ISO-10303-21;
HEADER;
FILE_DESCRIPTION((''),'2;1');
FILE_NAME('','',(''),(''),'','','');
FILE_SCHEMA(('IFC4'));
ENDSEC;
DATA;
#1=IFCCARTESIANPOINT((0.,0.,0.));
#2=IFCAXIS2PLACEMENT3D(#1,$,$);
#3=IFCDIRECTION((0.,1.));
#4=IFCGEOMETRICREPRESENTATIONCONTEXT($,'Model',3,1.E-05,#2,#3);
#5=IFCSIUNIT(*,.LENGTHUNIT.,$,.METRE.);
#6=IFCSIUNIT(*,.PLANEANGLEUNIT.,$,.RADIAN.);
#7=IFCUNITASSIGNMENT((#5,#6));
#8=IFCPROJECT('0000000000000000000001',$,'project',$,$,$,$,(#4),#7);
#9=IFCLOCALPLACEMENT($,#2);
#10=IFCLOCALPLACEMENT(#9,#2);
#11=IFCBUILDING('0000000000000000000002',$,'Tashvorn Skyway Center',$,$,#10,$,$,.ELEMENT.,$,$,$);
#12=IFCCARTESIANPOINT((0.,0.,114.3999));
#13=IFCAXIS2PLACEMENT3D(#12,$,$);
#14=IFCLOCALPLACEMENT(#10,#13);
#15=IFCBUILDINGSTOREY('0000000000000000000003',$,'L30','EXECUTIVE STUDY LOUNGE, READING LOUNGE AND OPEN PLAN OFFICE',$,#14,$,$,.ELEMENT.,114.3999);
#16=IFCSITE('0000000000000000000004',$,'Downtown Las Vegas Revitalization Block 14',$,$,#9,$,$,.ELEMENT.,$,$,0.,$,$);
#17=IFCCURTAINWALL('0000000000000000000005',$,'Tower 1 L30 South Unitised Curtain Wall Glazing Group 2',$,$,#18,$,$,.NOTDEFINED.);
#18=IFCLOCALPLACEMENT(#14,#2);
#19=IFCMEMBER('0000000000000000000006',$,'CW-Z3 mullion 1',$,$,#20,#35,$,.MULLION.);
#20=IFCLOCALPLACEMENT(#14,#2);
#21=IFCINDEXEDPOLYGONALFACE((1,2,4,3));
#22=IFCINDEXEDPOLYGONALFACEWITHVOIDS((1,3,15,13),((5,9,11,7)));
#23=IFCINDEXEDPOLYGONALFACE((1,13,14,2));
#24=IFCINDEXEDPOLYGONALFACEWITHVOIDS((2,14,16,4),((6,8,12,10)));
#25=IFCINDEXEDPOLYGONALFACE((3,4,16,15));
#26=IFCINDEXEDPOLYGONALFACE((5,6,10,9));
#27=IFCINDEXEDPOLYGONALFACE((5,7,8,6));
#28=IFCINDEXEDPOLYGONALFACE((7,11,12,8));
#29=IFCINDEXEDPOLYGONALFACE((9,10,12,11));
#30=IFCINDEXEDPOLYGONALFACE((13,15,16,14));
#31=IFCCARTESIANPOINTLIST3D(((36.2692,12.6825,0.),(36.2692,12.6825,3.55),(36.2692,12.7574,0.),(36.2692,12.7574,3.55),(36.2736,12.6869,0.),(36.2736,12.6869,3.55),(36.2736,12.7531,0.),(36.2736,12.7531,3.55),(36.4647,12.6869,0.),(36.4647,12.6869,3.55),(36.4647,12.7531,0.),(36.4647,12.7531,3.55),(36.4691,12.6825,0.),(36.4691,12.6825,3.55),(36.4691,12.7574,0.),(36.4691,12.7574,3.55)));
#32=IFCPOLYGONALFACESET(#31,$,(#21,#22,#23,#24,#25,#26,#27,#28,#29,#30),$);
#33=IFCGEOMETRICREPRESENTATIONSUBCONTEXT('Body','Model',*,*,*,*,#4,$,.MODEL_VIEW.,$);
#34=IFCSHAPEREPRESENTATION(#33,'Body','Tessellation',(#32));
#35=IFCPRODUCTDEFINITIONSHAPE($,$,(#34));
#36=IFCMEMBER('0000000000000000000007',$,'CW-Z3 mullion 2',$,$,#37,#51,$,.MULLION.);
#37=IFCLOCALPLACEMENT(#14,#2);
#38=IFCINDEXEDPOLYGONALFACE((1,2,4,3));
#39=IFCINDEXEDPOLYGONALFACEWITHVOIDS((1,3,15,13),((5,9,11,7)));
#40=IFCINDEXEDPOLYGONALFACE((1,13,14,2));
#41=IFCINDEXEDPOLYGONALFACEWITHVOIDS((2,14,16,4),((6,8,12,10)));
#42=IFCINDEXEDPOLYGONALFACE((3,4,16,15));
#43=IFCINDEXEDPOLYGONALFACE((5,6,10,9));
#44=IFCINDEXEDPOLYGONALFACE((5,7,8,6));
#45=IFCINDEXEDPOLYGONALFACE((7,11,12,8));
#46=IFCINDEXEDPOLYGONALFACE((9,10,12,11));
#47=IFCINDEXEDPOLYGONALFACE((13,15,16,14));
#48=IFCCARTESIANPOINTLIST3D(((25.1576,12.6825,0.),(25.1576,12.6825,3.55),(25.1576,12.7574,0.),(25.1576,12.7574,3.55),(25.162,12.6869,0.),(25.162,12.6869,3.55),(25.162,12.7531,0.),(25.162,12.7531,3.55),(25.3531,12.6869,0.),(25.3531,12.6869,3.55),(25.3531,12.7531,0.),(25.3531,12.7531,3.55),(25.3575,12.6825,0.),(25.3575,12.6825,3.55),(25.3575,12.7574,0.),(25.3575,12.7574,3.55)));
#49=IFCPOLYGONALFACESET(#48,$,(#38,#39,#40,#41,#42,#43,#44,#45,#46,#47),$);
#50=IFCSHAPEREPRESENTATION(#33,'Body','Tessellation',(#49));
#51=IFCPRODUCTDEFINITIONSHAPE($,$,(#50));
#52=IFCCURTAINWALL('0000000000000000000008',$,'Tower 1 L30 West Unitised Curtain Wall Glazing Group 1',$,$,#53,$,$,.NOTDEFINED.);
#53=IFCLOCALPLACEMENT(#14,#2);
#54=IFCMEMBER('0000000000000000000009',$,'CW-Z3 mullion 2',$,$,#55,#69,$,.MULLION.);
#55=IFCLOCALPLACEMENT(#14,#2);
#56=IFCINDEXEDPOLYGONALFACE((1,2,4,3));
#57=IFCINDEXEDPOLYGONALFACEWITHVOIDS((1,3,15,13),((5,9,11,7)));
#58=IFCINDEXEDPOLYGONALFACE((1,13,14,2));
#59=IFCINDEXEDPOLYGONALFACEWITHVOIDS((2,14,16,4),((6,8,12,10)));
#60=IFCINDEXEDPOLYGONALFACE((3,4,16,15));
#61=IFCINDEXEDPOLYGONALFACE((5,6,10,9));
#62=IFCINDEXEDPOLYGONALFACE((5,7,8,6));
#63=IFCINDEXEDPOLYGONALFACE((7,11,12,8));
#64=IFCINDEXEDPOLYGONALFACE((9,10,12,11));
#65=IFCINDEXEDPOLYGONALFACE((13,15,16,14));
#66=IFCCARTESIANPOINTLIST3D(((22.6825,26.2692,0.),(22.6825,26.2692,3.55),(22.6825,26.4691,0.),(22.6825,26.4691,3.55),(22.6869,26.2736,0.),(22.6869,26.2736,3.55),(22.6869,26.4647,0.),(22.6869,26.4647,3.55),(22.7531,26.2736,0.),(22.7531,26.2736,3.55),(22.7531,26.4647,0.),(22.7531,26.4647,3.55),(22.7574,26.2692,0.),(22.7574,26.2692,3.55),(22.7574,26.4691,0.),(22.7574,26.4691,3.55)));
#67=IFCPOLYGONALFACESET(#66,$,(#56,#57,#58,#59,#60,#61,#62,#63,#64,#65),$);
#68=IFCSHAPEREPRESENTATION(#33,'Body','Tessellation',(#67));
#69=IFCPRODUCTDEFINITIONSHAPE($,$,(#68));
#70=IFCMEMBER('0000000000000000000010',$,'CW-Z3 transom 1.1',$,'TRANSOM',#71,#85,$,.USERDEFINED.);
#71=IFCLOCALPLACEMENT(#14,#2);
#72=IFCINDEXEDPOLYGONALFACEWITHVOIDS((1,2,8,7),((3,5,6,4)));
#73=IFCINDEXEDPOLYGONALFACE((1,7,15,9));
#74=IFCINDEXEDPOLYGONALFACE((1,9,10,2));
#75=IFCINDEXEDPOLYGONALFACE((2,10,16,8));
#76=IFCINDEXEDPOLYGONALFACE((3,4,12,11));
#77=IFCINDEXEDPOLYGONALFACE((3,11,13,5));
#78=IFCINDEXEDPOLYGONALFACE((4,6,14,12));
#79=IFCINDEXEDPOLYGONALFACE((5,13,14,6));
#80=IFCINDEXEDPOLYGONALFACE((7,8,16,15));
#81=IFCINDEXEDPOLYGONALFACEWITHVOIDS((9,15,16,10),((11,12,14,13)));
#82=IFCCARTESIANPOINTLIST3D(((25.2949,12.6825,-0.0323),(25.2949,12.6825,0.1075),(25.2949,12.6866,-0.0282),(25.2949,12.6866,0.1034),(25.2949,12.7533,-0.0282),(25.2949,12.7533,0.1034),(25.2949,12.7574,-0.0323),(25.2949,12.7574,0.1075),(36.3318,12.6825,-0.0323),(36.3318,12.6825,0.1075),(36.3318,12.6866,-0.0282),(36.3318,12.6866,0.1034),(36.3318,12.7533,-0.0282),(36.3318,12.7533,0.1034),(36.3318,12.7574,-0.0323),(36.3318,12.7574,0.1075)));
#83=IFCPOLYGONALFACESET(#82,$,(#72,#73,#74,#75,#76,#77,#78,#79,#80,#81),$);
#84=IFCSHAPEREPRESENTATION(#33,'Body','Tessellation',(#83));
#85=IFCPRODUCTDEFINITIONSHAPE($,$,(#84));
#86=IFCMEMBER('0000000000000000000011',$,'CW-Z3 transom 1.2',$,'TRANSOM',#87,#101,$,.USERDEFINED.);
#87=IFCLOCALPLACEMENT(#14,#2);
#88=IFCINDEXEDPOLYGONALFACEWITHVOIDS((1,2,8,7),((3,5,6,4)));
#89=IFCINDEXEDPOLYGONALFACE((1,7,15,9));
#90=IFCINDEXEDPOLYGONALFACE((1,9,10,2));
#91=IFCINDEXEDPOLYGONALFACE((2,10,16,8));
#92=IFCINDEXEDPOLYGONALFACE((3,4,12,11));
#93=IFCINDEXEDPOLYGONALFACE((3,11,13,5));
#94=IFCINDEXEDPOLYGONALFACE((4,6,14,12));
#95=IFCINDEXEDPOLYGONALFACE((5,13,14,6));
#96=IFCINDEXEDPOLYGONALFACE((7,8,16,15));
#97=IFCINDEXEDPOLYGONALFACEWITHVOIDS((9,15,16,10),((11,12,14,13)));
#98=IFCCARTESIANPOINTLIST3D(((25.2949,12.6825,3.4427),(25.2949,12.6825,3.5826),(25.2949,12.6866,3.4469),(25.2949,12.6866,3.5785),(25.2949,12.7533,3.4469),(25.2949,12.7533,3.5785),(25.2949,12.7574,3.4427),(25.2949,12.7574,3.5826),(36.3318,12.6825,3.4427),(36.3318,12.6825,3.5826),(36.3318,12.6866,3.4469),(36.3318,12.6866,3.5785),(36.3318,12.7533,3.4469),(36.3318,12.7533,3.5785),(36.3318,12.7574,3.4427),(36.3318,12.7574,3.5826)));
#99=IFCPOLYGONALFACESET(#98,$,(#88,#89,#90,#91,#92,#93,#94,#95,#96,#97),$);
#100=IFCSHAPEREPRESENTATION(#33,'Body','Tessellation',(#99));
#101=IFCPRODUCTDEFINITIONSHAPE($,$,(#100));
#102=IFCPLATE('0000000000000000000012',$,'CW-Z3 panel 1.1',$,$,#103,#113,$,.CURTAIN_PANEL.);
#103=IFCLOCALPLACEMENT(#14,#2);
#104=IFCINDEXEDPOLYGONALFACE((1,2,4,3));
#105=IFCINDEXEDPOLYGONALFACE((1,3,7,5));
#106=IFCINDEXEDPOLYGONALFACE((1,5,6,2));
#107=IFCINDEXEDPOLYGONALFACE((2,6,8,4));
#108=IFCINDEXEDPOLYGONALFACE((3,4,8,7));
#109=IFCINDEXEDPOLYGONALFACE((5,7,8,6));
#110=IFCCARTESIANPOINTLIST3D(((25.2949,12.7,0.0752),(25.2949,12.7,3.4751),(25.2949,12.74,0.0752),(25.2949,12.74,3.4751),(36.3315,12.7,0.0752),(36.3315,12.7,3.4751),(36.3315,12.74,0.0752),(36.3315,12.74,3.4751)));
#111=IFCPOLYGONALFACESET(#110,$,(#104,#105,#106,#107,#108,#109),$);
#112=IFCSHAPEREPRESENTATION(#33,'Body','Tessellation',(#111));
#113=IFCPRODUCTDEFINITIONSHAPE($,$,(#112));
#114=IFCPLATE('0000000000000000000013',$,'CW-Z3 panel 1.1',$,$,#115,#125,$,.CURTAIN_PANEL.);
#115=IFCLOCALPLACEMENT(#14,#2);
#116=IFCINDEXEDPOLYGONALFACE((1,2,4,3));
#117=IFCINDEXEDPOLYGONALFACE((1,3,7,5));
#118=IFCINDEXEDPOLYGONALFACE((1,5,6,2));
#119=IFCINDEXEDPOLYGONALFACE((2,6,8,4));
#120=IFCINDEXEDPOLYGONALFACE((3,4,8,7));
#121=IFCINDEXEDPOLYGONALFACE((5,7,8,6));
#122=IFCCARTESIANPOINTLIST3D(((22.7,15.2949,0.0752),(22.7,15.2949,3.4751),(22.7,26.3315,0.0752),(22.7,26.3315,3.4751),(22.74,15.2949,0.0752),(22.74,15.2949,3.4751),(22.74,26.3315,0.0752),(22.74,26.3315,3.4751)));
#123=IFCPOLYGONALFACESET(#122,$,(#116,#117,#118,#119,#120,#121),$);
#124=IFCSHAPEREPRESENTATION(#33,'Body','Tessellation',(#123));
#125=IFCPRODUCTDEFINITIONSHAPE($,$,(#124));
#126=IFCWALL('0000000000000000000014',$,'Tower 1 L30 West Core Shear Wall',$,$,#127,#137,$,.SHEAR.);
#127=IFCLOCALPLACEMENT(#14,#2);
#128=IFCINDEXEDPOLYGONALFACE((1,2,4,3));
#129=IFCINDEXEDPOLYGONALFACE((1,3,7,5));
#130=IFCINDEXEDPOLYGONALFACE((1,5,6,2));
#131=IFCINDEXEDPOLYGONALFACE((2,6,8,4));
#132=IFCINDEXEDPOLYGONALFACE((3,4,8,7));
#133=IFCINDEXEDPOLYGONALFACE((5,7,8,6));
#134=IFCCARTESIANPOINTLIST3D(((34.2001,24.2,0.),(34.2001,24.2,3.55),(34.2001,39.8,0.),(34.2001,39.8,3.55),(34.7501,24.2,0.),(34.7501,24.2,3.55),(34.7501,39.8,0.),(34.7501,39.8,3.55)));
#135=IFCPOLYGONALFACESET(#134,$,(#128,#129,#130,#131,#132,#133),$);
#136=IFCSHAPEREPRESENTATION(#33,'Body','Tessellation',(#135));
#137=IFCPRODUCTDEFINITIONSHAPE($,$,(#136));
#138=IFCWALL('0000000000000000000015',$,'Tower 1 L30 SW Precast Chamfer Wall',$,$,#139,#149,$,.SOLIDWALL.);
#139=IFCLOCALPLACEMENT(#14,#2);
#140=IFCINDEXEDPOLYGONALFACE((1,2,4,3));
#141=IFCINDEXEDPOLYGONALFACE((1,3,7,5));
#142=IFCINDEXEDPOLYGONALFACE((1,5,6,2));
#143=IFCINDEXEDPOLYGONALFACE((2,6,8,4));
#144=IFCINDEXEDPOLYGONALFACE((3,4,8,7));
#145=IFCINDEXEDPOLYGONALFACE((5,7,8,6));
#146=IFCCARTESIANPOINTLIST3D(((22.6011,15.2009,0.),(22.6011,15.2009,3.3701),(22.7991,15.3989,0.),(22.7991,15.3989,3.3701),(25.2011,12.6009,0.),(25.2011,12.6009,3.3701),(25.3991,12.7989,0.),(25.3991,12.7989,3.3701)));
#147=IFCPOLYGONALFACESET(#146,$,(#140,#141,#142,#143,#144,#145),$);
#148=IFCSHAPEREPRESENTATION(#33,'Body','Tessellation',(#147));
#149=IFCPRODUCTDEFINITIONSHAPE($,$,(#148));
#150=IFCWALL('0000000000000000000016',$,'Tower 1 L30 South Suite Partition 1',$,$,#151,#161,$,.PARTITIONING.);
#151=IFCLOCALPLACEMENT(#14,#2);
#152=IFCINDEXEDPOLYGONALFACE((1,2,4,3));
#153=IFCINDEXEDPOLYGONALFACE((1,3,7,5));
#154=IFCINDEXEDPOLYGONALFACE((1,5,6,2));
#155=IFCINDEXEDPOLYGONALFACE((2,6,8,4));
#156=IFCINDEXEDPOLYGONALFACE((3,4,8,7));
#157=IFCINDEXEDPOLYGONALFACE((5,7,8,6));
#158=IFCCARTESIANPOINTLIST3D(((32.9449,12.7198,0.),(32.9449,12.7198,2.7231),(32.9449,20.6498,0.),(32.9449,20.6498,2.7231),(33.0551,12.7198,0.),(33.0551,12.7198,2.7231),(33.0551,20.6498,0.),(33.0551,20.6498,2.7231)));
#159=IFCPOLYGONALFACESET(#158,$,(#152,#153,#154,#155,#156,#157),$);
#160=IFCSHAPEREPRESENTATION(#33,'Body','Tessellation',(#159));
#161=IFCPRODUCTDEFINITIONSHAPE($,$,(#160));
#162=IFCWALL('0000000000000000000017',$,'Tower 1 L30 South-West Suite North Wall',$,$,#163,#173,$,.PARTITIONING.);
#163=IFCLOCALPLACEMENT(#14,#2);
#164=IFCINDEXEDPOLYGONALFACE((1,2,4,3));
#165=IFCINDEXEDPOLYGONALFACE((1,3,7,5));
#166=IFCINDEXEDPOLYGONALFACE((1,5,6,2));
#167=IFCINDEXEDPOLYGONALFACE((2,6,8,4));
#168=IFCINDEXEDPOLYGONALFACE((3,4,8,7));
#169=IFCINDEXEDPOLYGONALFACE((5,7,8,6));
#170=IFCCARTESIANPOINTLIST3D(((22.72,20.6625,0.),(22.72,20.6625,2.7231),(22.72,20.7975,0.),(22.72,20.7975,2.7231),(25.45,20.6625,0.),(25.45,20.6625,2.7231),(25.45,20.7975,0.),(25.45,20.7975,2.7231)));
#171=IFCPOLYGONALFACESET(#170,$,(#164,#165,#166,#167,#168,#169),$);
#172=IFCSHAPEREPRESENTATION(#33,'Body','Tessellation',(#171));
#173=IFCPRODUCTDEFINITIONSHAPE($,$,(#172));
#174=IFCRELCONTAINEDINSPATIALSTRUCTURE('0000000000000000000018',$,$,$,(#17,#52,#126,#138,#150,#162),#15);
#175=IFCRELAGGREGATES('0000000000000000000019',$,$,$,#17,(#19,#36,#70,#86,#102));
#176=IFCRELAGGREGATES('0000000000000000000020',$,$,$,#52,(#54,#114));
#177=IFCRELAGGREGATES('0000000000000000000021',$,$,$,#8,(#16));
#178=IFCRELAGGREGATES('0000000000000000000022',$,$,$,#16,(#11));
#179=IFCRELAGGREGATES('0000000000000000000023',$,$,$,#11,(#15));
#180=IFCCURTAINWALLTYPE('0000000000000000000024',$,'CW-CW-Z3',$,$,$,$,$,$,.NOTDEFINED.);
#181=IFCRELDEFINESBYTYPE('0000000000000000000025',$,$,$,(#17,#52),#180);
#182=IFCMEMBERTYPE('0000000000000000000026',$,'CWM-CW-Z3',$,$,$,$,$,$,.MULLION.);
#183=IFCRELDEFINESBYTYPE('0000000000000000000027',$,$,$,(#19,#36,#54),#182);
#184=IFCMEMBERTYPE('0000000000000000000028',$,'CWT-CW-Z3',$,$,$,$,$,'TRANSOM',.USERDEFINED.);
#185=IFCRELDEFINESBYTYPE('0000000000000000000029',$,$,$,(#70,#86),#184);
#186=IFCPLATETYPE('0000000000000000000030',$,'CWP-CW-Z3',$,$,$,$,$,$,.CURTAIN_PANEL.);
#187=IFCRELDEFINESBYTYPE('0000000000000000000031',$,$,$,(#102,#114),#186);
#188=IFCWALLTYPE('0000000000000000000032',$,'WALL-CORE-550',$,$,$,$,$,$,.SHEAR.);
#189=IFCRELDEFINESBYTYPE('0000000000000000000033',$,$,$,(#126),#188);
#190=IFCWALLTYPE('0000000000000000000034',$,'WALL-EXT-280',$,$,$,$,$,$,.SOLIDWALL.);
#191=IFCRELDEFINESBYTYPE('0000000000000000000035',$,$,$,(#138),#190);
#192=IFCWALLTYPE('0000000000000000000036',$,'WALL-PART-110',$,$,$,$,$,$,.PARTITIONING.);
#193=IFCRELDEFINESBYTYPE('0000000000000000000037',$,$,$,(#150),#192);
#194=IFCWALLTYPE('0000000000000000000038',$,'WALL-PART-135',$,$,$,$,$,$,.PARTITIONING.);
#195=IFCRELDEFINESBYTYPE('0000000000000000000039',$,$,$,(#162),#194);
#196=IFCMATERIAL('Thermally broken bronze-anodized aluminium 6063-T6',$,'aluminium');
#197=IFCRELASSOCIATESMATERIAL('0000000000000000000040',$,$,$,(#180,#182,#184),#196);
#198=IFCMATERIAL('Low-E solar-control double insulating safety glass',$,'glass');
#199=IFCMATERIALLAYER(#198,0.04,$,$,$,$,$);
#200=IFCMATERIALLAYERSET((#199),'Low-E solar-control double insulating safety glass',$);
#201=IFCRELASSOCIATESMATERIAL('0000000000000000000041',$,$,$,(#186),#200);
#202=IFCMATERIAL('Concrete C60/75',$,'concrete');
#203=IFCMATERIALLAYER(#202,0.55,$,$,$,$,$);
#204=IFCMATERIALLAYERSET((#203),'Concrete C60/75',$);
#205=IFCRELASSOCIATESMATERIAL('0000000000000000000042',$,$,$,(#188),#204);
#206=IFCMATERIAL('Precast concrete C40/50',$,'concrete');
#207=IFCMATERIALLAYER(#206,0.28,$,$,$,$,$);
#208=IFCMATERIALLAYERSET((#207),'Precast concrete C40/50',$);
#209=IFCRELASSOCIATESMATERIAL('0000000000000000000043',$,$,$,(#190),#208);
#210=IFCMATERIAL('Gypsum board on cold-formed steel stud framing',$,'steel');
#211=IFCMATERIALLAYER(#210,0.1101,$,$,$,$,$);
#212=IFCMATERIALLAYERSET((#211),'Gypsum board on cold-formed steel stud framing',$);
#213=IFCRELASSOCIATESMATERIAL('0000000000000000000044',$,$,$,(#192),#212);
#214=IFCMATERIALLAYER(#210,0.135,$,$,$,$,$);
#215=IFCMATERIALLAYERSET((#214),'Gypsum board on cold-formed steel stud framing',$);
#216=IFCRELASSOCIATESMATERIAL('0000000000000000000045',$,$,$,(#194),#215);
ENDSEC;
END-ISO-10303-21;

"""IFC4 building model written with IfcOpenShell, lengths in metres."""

from ifc_helpers import new_model, si_unit, direction, frame, frame_2d, origin, origin_2d, place, context, subcontext, project, spatial, rectangle, hollow_rectangle, extrude, material, layer, layer_set, material_profile, profile_set, type_object, element, aggregate, save


model = new_model("IFC4")

# Units and contexts
model_context = context("Model", 3, precision=1e-05, world=origin(), true_north=direction((0.0, 1.0)))
body_context = subcontext(model_context, "Body", "Model", "MODEL_VIEW")
ifc_project = project(units=[si_unit("LENGTHUNIT", "METRE"), si_unit("PLANEANGLEUNIT", "RADIAN")], contexts=[model_context])

# Site, building, storey
site_placement = place(None, origin())
site = spatial("IfcSite", under=ifc_project, at=site_placement, Name="Downtown Las Vegas Revitalization Block 14", CompositionType="ELEMENT", RefElevation=0.0)
building_placement = place(site_placement, origin())
building = spatial("IfcBuilding", under=site, at=building_placement, Name="Tashvorn Skyway Center", CompositionType="ELEMENT")
storey_placement = place(building_placement, frame((0.0, 0.0, 114.3999)))
storey = spatial("IfcBuildingStorey", under=building, at=storey_placement, Name="L30", Description="EXECUTIVE STUDY LOUNGE, READING LOUNGE AND OPEN PLAN OFFICE", CompositionType="ELEMENT", Elevation=114.3999)

# Curtain wall, members
ifc_material_1 = material(Name="Thermally broken bronze-anodized aluminium 6063-T6", Category="aluminium")
curtain_wall_type = type_object("IfcCurtainWallType", Name="CW-CW-Z3", PredefinedType="NOTDEFINED", material=ifc_material_1)
curtain_wall_1_placement = place(storey_placement, origin())
curtain_wall_1 = element("IfcCurtainWall", 1, at=curtain_wall_1_placement, inside=storey, type_object=curtain_wall_type, Name="Tower 1 L30 South Unitised Curtain Wall Glazing Group 2", PredefinedType="NOTDEFINED")
ifc_material_profile_1 = material_profile(ifc_material_1, hollow_rectangle(XDim=0.075, YDim=0.2, WallThickness=0.0044, at=origin_2d()), Name="ALU-MULL-75x200")
ifc_profile_set_1 = profile_set([ifc_material_profile_1], Name="Thermally broken bronze-anodized aluminium 6063-T6")
member_type_1 = type_object("IfcMemberType", Name="CWM-CW-Z3", PredefinedType="MULLION", material=ifc_profile_set_1)
member_1_placement = place(storey_placement, frame((36.3691, 12.72, 0.0), z_axis=(0.0, 0.0, 1.0), x_axis=(0.0, -1.0, 0.0)))
member_1 = element("IfcMember", 2, at=member_1_placement, type_object=member_type_1, Name="CW-Z3 mullion 1", PredefinedType="MULLION", context=body_context, shape_type="SweptSolid", body=[
    extrude(hollow_rectangle(XDim=0.075, YDim=0.2, WallThickness=0.0044, at=origin_2d()), origin(), (0.0, 0.0, 1.0), 3.55),
])
member_2_placement = place(storey_placement, frame((25.2576, 12.72, 0.0), z_axis=(0.0, 0.0, 1.0), x_axis=(0.0, -1.0, 0.0)))
member_2 = element("IfcMember", 3, at=member_2_placement, type_object=member_type_1, Name="CW-Z3 mullion 2", PredefinedType="MULLION", context=body_context, shape_type="SweptSolid", body=[
    extrude(hollow_rectangle(XDim=0.075, YDim=0.2, WallThickness=0.0044, at=origin_2d()), origin(), (0.0, 0.0, 1.0), 3.55),
])

# Curtain wall, member
curtain_wall_2_placement = place(storey_placement, origin())
curtain_wall_2 = element("IfcCurtainWall", 4, at=curtain_wall_2_placement, inside=storey, type_object=curtain_wall_type, Name="Tower 1 L30 West Unitised Curtain Wall Glazing Group 1", PredefinedType="NOTDEFINED")
member_3_placement = place(storey_placement, frame((22.72, 26.3691, 0.0), z_axis=(0.0, 0.0, 1.0), x_axis=(-1.0, 0.0, 0.0)))
member_3 = element("IfcMember", 5, at=member_3_placement, type_object=member_type_1, Name="CW-Z3 mullion 2", PredefinedType="MULLION", context=body_context, shape_type="SweptSolid", body=[
    extrude(hollow_rectangle(XDim=0.075, YDim=0.2, WallThickness=0.0044, at=origin_2d()), origin(), (0.0, 0.0, 1.0), 3.55),
])

# Members
ifc_material_profile_2 = material_profile(ifc_material_1, hollow_rectangle(XDim=0.075, YDim=0.1399, WallThickness=0.0042, at=origin_2d()), Name="ALU-TRAN-75x140")
ifc_profile_set_2 = profile_set([ifc_material_profile_2], Name="Thermally broken bronze-anodized aluminium 6063-T6")
member_type_2 = type_object("IfcMemberType", Name="CWT-CW-Z3", ElementType="TRANSOM", PredefinedType="USERDEFINED", material=ifc_profile_set_2)
member_4_placement = place(storey_placement, frame((36.3318, 12.72, 0.0376), z_axis=(-1.0, 0.0, 0.0), x_axis=(0.0, -1.0, 0.0)))
member_4 = element("IfcMember", 6, at=member_4_placement, type_object=member_type_2, Name="CW-Z3 transom 1.1", ObjectType="TRANSOM", PredefinedType="USERDEFINED", context=body_context, shape_type="SweptSolid", body=[
    extrude(hollow_rectangle(XDim=0.075, YDim=0.1399, WallThickness=0.0042, at=origin_2d()), origin(), (0.0, 0.0, 1.0), 11.0369),
])
member_5_placement = place(storey_placement, frame((36.3318, 12.72, 3.5127), z_axis=(-1.0, 0.0, 0.0), x_axis=(0.0, -1.0, 0.0)))
member_5 = element("IfcMember", 7, at=member_5_placement, type_object=member_type_2, Name="CW-Z3 transom 1.2", ObjectType="TRANSOM", PredefinedType="USERDEFINED", context=body_context, shape_type="SweptSolid", body=[
    extrude(hollow_rectangle(XDim=0.075, YDim=0.1399, WallThickness=0.0042, at=origin_2d()), origin(), (0.0, 0.0, 1.0), 11.0369),
])

# Plates
ifc_material_2 = material(Name="Low-E solar-control double insulating safety glass", Category="glass")
ifc_layer_1 = layer(ifc_material_2, 0.04)
ifc_layer_set_1 = layer_set([ifc_layer_1], Name="Low-E solar-control double insulating safety glass")
plate_type = type_object("IfcPlateType", Name="CWP-CW-Z3", PredefinedType="CURTAIN_PANEL", material=ifc_layer_set_1)
plate_1_placement = place(storey_placement, frame((30.8132, 12.72, 0.0752), z_axis=(0.0, 0.0, 1.0), x_axis=(-1.0, 0.0, 0.0)))
plate_1 = element("IfcPlate", 8, at=plate_1_placement, type_object=plate_type, Name="CW-Z3 panel 1.1", PredefinedType="CURTAIN_PANEL", context=body_context, shape_type="SweptSolid", body=[
    extrude(rectangle(XDim=11.0366, YDim=0.04, at=origin_2d()), origin(), (0.0, 0.0, 1.0), 3.3999),
])
aggregate(curtain_wall_1, [member_1, member_2, member_4, member_5, plate_1])
plate_2_placement = place(storey_placement, frame((22.72, 20.8132, 0.0752), z_axis=(0.0, 0.0, 1.0), x_axis=(0.0, 1.0, 0.0)))
plate_2 = element("IfcPlate", 9, at=plate_2_placement, type_object=plate_type, Name="CW-Z3 panel 1.1", PredefinedType="CURTAIN_PANEL", context=body_context, shape_type="SweptSolid", body=[
    extrude(rectangle(XDim=11.0366, YDim=0.04, at=origin_2d()), origin(), (0.0, 0.0, 1.0), 3.3999),
])
aggregate(curtain_wall_2, [member_3, plate_2])

# Walls
ifc_material_3 = material(Name="Concrete C60/75", Category="concrete")
ifc_layer_2 = layer(ifc_material_3, 0.55)
ifc_layer_set_2 = layer_set([ifc_layer_2], Name="Concrete C60/75")
wall_type_1 = type_object("IfcWallType", Name="WALL-CORE-550", PredefinedType="SHEAR", material=ifc_layer_set_2)
wall_1_placement = place(storey_placement, frame((34.4751, 24.2, 0.0), z_axis=(0.0, 0.0, 1.0), x_axis=(0.0, 1.0, 0.0)))
element("IfcWall", 10, at=wall_1_placement, inside=storey, type_object=wall_type_1, Name="Tower 1 L30 West Core Shear Wall", PredefinedType="SHEAR", context=body_context, shape_type="SweptSolid", body=[
    extrude(rectangle(XDim=15.6001, YDim=0.55, at=frame_2d((7.8, 0.0))), origin(), (0.0, 0.0, 1.0), 3.55),
])
ifc_material_4 = material(Name="Precast concrete C40/50", Category="concrete")
ifc_layer_3 = layer(ifc_material_4, 0.28)
ifc_layer_set_3 = layer_set([ifc_layer_3], Name="Precast concrete C40/50")
wall_type_2 = type_object("IfcWallType", Name="WALL-EXT-280", PredefinedType="SOLIDWALL", material=ifc_layer_set_3)
wall_2_placement = place(storey_placement, frame((25.3, 12.7, 0.0), z_axis=(0.0, 0.0, 1.0), x_axis=(-0.707107, 0.707107, 0.0)))
element("IfcWall", 11, at=wall_2_placement, inside=storey, type_object=wall_type_2, Name="Tower 1 L30 SW Precast Chamfer Wall", PredefinedType="SOLIDWALL", context=body_context, shape_type="SweptSolid", body=[
    extrude(rectangle(XDim=3.677, YDim=0.28, at=frame_2d((1.8384, 0.0))), origin(), (0.0, 0.0, 1.0), 3.3701),
])
ifc_material_5 = material(Name="Gypsum board on cold-formed steel stud framing", Category="steel")
ifc_layer_4 = layer(ifc_material_5, 0.1101)
ifc_layer_set_4 = layer_set([ifc_layer_4], Name="Gypsum board on cold-formed steel stud framing")
wall_type_3 = type_object("IfcWallType", Name="WALL-PART-110", PredefinedType="PARTITIONING", material=ifc_layer_set_4)
wall_3_placement = place(storey_placement, frame((33.0, 12.72, 0.0), z_axis=(0.0, 0.0, 1.0), x_axis=(0.0, 1.0, 0.0)))
element("IfcWall", 12, at=wall_3_placement, inside=storey, type_object=wall_type_3, Name="Tower 1 L30 South Suite Partition 1", PredefinedType="PARTITIONING", context=body_context, shape_type="SweptSolid", body=[
    extrude(rectangle(XDim=7.9299, YDim=0.1101, at=frame_2d((3.9648, 0.0))), origin(), (0.0, 0.0, 1.0), 2.7231),
])
ifc_layer_5 = layer(ifc_material_5, 0.135)
ifc_layer_set_5 = layer_set([ifc_layer_5], Name="Gypsum board on cold-formed steel stud framing")
wall_type_4 = type_object("IfcWallType", Name="WALL-PART-135", PredefinedType="PARTITIONING", material=ifc_layer_set_5)
wall_4_placement = place(storey_placement, frame((22.72, 20.73, 0.0), z_axis=(0.0, 0.0, 1.0), x_axis=(1.0, 0.0, 0.0)))
element("IfcWall", 13, at=wall_4_placement, inside=storey, type_object=wall_type_4, Name="Tower 1 L30 South-West Suite North Wall", PredefinedType="PARTITIONING", context=body_context, shape_type="SweptSolid", body=[
    extrude(rectangle(XDim=2.73, YDim=0.135, at=frame_2d((1.365, 0.0))), origin(), (0.0, 0.0, 1.0), 2.7231),
])

save(model, "model.ifc")
